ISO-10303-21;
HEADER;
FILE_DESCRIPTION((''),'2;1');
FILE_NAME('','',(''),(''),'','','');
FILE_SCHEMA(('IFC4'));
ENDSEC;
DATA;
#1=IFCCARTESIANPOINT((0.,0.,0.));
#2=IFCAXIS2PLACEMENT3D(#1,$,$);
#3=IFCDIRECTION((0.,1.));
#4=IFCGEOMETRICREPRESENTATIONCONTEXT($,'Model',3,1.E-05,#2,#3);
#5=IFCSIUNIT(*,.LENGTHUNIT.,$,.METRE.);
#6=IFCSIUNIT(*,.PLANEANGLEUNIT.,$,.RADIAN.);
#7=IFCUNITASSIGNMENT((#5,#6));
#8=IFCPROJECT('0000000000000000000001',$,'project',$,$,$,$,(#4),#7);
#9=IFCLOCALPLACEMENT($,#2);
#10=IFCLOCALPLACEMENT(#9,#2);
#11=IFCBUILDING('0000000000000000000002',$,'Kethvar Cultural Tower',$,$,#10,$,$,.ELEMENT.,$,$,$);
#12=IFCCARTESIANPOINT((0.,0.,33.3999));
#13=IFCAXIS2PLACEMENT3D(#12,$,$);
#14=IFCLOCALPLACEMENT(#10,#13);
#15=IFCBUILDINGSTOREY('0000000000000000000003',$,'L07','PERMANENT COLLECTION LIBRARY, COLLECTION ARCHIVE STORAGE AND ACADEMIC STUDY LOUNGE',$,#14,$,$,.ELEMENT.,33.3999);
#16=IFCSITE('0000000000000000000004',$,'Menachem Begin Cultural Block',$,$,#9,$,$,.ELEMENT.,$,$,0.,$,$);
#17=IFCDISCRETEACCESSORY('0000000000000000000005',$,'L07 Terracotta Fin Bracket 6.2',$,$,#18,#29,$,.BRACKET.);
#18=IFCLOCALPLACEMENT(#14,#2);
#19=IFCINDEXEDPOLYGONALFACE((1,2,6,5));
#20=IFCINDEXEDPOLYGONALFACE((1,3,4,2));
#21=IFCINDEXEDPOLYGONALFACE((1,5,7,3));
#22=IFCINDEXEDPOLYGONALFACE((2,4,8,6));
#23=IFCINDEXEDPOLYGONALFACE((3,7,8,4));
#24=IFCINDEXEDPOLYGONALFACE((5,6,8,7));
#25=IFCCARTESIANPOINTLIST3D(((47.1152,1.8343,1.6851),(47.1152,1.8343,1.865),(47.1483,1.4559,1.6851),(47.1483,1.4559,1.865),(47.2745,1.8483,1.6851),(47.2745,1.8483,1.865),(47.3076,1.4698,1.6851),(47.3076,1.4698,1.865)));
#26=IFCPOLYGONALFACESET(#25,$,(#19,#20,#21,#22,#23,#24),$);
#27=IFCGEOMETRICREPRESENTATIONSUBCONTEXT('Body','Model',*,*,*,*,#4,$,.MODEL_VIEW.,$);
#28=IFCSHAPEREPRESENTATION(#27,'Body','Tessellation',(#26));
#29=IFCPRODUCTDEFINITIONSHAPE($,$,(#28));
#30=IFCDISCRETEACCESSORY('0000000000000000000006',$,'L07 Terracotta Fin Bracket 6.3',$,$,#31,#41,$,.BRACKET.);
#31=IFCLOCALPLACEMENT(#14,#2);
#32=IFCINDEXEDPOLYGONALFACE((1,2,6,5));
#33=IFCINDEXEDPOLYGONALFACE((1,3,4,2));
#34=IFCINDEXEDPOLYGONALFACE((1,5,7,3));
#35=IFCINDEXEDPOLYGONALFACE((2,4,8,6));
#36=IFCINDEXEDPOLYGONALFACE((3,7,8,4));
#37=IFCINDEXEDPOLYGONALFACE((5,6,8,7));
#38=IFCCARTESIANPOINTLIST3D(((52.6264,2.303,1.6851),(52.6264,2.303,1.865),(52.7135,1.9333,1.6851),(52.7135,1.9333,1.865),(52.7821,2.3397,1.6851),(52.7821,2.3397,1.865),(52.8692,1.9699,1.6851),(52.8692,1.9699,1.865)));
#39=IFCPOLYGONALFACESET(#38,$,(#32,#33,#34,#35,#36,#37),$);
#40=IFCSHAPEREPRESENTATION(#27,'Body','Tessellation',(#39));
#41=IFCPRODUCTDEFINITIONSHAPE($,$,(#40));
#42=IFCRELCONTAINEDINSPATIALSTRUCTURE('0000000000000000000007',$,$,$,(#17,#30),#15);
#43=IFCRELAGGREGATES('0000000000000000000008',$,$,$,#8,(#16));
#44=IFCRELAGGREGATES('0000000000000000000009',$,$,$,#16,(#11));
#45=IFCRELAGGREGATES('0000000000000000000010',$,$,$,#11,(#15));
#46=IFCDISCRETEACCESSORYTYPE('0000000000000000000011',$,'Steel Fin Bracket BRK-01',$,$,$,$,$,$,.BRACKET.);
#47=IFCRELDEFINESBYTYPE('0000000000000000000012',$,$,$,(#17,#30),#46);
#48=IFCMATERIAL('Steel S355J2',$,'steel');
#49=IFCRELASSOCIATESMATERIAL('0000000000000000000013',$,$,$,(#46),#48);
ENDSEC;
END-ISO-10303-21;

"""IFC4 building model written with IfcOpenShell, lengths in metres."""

from ifc_helpers import new_model, si_unit, direction, frame, origin, origin_2d, place, context, subcontext, project, spatial, rectangle, extrude, source, transform, mapped, material, type_object, element, save


model = new_model("IFC4")

# Units and contexts
model_context = context("Model", 3, precision=1e-05, world=origin(), true_north=direction((0.0, 1.0)))
body_context = subcontext(model_context, "Body", "Model", "MODEL_VIEW")
ifc_project = project(units=[si_unit("LENGTHUNIT", "METRE"), si_unit("PLANEANGLEUNIT", "RADIAN")], contexts=[model_context])

# Site, building, storey
site_placement = place(None, origin())
site = spatial("IfcSite", under=ifc_project, at=site_placement, Name="Menachem Begin Cultural Block", CompositionType="ELEMENT", RefElevation=0.0)
building_placement = place(site_placement, origin())
building = spatial("IfcBuilding", under=site, at=building_placement, Name="Kethvar Cultural Tower", CompositionType="ELEMENT")
storey_placement = place(building_placement, frame((0.0, 0.0, 33.3999)))
storey = spatial("IfcBuildingStorey", under=building, at=storey_placement, Name="L07", Description="PERMANENT COLLECTION LIBRARY, COLLECTION ARCHIVE STORAGE AND ACADEMIC STUDY LOUNGE", CompositionType="ELEMENT", Elevation=33.3999)

# Shared definitions
ifc_material_1 = material(Name="Steel S355J2", Category="steel")

# Discrete accessories
discrete_accessory_type = type_object("IfcDiscreteAccessoryType", Name="Steel Fin Bracket BRK-01", PredefinedType="BRACKET", material=ifc_material_1)
shared_shape_1 = source(origin(), body_context, "Body", "SweptSolid", [
    extrude(rectangle(XDim=0.3799, YDim=0.1599, at=origin_2d()), origin(), (0.0, 0.0, 1.0), 0.1799),
])
for number, where, z_axis, x_axis, name in (
    (1, (47.2114, 1.6521, 1.6851), (0.0, 0.0, 1.0), (0.087156, -0.996195, 0.0), "L07 Terracotta Fin Bracket 6.2"),
    (2, (52.7478, 2.1365, 1.6851), (0.0, 0.0, 1.0), (0.2292, -0.973379, 0.0), "L07 Terracotta Fin Bracket 6.3"),
):
    element("IfcDiscreteAccessory", number, at=place(storey_placement, frame(where, z_axis=z_axis, x_axis=x_axis)), inside=storey, type_object=discrete_accessory_type, Name=name, PredefinedType="BRACKET", context=body_context, shape_type="MappedRepresentation", body=[
        mapped(shared_shape_1, transform((0.0, 0.0, 0.0), scale=1.0)),
    ])

save(model, "model.ifc")
